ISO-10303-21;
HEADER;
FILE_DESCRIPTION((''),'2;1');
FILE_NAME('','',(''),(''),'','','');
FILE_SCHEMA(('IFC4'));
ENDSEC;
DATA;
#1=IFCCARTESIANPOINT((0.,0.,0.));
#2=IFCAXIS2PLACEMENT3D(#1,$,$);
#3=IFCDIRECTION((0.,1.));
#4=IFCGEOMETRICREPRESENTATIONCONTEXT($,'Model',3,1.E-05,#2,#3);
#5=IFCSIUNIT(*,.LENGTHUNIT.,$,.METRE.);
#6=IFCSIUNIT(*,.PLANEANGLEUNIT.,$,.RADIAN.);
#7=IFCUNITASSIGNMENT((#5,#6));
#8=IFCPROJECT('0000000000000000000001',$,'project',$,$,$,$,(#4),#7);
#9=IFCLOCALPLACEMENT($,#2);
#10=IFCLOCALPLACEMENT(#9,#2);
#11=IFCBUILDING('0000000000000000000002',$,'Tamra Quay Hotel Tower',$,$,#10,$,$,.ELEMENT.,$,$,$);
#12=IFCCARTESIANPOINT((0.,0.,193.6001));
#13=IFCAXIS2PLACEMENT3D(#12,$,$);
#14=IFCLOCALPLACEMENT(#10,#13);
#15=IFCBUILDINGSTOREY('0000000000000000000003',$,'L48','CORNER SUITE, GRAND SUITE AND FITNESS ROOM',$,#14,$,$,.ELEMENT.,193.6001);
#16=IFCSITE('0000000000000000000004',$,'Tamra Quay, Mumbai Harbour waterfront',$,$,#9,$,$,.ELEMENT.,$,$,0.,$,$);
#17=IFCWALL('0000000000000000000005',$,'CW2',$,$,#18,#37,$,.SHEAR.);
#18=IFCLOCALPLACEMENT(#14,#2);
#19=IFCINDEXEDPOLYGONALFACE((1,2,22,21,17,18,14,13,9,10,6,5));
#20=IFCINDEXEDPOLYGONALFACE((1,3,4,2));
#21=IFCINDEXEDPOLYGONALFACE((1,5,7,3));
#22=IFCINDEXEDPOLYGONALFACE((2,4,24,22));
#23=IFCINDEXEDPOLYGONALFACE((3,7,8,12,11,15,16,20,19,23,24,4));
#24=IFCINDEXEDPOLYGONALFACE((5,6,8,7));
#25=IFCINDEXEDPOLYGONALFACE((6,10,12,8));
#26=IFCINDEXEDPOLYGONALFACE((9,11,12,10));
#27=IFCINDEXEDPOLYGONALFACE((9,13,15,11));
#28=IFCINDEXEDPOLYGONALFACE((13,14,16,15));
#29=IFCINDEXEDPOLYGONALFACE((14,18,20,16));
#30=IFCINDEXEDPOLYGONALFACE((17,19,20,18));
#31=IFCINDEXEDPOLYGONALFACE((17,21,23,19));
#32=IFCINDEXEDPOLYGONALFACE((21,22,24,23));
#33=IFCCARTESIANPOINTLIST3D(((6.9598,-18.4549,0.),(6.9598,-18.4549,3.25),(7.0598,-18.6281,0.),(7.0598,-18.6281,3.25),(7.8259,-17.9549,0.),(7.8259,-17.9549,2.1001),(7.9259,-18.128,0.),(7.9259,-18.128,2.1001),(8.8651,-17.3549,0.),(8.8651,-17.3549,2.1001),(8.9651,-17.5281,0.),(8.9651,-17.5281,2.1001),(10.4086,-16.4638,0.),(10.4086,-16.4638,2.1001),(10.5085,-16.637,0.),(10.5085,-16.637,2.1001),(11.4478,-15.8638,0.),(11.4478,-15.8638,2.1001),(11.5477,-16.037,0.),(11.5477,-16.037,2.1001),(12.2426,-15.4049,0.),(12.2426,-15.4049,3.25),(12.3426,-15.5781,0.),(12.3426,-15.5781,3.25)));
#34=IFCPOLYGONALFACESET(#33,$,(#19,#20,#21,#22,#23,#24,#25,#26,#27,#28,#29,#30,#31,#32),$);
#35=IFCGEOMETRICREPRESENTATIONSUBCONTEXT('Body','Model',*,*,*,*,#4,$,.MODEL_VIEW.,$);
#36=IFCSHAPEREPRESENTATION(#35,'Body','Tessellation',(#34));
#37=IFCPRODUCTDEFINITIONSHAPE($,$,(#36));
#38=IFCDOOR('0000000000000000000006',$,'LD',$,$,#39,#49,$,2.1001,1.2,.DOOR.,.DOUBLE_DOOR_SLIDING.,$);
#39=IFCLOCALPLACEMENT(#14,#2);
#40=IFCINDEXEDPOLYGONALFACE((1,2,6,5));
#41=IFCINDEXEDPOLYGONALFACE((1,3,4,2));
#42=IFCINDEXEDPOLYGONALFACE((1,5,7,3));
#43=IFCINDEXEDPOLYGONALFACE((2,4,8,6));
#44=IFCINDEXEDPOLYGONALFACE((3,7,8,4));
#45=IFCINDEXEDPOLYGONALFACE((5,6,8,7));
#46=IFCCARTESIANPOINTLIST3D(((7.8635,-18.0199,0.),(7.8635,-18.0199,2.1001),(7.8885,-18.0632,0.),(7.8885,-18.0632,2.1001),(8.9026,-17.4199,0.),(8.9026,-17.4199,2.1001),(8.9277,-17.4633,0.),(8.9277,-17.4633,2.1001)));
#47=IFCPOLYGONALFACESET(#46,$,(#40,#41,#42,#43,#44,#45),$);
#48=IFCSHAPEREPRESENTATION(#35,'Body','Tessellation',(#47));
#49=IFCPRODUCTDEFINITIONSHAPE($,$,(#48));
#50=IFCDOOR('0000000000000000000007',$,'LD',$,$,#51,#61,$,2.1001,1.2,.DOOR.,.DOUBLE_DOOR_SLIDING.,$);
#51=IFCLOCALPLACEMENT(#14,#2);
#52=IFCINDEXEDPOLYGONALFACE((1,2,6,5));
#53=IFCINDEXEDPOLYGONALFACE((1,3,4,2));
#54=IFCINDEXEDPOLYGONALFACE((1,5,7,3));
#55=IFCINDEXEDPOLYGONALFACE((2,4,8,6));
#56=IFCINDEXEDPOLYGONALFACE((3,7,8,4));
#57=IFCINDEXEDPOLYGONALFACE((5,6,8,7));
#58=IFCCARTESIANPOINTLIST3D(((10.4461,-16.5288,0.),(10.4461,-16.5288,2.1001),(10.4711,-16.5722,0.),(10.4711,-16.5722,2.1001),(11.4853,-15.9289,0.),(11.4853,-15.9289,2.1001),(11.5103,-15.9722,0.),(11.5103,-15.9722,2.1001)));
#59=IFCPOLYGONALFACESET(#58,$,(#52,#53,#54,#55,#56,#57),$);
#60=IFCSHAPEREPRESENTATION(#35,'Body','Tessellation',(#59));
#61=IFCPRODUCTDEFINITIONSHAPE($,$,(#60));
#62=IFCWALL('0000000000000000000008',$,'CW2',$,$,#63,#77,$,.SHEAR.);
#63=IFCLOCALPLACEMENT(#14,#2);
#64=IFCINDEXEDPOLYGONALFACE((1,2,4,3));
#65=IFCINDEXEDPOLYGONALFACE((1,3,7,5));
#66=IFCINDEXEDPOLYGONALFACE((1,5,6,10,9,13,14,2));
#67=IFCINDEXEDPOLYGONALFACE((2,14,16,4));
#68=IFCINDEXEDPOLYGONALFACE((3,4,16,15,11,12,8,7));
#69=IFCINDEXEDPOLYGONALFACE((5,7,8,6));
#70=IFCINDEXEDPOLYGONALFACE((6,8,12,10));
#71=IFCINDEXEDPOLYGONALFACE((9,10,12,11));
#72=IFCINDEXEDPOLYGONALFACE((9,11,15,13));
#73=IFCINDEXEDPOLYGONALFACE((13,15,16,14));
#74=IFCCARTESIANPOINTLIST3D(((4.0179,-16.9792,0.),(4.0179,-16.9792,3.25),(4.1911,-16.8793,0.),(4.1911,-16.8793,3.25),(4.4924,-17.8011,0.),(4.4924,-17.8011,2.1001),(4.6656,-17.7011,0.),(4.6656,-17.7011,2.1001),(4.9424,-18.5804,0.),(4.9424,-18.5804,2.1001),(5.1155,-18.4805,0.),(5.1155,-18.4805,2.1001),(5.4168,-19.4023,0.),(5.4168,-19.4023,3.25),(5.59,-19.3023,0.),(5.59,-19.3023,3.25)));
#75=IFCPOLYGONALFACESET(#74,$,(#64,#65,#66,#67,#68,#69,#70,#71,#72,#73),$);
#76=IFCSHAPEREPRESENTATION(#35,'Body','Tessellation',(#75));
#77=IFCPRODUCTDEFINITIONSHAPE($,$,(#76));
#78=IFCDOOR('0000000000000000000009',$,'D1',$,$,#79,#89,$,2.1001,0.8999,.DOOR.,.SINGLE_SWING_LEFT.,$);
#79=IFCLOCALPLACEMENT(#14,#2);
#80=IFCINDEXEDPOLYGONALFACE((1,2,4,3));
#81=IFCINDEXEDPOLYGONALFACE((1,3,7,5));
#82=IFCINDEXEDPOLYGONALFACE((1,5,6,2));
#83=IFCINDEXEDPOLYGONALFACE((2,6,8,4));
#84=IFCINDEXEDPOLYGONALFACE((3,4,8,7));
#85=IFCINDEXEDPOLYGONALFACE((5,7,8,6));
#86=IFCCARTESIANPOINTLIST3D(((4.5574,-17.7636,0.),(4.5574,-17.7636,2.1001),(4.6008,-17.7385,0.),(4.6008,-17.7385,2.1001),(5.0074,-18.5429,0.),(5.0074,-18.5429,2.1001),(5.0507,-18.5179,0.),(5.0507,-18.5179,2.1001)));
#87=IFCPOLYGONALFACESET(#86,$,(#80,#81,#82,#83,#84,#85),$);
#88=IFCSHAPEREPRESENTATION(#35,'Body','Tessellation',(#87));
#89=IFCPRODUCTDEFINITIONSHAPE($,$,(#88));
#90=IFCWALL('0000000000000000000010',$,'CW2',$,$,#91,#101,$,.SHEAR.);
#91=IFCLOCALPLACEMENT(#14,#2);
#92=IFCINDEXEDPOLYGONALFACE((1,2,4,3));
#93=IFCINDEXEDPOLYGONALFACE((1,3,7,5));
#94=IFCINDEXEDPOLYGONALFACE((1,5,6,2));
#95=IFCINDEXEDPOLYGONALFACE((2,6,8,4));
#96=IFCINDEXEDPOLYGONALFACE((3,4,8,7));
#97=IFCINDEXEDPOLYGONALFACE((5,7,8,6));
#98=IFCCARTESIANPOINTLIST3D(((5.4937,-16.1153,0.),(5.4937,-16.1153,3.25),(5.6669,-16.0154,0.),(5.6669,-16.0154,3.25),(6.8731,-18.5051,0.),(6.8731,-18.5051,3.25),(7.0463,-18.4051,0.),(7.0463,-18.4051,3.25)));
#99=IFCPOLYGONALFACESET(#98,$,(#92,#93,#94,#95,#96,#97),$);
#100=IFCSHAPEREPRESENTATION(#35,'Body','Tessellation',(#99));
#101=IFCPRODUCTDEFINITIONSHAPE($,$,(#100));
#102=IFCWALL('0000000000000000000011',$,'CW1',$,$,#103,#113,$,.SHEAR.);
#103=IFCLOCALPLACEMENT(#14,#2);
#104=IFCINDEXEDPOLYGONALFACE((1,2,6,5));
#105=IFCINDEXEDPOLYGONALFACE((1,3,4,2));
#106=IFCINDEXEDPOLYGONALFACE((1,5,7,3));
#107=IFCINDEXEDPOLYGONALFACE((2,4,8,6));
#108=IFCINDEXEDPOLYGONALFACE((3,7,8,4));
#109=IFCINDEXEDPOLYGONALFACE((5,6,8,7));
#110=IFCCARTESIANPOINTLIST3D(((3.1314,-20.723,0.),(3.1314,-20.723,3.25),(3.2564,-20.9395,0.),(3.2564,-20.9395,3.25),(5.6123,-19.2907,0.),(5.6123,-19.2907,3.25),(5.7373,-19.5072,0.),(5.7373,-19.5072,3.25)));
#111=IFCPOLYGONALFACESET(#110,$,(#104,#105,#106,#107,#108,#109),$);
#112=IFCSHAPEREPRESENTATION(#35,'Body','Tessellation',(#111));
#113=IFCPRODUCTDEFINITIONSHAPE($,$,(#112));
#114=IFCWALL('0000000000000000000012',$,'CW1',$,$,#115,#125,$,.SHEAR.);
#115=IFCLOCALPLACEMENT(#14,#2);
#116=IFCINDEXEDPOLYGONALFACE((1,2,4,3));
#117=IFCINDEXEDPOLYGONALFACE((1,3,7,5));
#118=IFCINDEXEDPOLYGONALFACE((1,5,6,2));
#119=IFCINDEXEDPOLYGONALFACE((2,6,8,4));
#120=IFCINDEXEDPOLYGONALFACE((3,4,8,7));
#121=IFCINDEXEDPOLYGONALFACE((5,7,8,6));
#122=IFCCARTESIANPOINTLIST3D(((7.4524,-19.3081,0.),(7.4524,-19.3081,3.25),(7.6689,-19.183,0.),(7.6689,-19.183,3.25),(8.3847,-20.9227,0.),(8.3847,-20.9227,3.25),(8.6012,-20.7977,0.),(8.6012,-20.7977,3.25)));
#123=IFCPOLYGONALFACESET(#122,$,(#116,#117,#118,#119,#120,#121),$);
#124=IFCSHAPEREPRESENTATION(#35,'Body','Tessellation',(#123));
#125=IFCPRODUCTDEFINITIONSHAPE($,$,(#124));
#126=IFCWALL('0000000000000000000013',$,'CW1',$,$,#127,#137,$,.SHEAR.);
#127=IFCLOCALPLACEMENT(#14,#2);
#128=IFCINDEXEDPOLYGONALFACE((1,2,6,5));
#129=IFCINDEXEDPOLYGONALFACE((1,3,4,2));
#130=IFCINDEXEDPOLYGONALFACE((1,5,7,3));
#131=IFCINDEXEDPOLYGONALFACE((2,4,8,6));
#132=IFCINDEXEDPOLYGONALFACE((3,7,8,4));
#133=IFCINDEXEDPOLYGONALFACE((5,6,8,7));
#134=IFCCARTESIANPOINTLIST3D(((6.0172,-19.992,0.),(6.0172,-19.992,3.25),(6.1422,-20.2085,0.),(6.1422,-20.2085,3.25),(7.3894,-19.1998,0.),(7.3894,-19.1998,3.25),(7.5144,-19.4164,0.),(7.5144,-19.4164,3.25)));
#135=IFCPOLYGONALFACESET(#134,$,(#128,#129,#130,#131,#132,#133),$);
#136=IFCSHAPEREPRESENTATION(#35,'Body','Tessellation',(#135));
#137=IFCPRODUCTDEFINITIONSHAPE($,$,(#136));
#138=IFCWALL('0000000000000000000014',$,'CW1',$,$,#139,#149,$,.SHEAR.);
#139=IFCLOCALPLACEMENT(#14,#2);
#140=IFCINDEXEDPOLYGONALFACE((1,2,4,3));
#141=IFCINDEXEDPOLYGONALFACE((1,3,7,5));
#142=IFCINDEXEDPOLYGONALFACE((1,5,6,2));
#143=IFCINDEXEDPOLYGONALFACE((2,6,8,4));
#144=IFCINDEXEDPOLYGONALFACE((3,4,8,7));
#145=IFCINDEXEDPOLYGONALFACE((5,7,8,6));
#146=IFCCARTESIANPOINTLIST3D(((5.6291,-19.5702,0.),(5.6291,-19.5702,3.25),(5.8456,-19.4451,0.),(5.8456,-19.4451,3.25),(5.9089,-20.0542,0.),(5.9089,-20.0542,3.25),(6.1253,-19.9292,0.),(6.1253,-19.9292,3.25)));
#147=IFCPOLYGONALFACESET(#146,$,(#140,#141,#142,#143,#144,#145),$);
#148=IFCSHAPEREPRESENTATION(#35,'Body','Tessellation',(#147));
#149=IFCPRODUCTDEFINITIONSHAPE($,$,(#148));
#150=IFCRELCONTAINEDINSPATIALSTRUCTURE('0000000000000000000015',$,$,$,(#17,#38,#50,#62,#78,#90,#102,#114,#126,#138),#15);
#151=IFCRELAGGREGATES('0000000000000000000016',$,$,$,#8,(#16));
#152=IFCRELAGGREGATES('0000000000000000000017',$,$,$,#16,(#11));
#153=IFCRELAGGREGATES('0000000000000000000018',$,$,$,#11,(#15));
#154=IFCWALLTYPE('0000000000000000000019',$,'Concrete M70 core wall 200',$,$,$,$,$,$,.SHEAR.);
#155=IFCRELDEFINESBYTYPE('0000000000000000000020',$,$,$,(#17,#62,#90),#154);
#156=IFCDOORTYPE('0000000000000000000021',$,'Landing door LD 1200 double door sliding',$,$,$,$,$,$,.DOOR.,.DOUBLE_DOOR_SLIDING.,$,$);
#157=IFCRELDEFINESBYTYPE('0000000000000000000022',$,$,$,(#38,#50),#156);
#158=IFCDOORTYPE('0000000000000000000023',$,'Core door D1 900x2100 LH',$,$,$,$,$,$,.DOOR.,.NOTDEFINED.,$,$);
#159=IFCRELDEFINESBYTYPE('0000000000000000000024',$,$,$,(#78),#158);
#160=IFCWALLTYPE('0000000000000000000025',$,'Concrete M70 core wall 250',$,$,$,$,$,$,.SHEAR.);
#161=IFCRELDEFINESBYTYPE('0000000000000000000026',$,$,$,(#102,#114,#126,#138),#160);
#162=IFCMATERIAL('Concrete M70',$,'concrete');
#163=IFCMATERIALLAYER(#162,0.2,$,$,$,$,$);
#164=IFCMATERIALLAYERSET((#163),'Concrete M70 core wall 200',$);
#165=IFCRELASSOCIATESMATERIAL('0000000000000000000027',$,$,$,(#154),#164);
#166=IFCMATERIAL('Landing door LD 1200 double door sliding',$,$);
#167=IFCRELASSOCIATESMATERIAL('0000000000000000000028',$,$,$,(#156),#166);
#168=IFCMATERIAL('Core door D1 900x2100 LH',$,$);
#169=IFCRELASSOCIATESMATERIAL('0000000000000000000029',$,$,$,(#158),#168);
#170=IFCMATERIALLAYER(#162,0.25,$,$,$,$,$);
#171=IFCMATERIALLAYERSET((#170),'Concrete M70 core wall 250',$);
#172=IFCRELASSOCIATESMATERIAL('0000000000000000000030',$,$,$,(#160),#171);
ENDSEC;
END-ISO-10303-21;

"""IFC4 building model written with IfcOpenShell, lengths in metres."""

from ifc_helpers import new_model, si_unit, direction, frame, frame_2d, origin, place, context, subcontext, project, spatial, rectangle, extrude, material, layer, layer_set, type_object, element, fill, save


model = new_model("IFC4")

# Units and contexts
model_context = context("Model", 3, precision=1e-05, world=origin(), true_north=direction((0.0, 1.0)))
body_context = subcontext(model_context, "Body", "Model", "MODEL_VIEW")
ifc_project = project(units=[si_unit("LENGTHUNIT", "METRE"), si_unit("PLANEANGLEUNIT", "RADIAN")], contexts=[model_context])

# Site, building, storey
site_placement = place(None, origin())
site = spatial("IfcSite", under=ifc_project, at=site_placement, Name="Tamra Quay, Mumbai Harbour waterfront", CompositionType="ELEMENT", RefElevation=0.0)
building_placement = place(site_placement, origin())
building = spatial("IfcBuilding", under=site, at=building_placement, Name="Tamra Quay Hotel Tower", CompositionType="ELEMENT")
storey_placement = place(building_placement, frame((0.0, 0.0, 193.6001)))
storey = spatial("IfcBuildingStorey", under=building, at=storey_placement, Name="L48", Description="CORNER SUITE, GRAND SUITE AND FITNESS ROOM", CompositionType="ELEMENT", Elevation=193.6001)

# Shared definitions
ifc_material_1 = material(Name="Concrete M70", Category="concrete")

# Wall, openings, doors
ifc_layer_1 = layer(ifc_material_1, 0.2)
ifc_layer_set_1 = layer_set([ifc_layer_1], Name="Concrete M70 core wall 200")
wall_type_1 = type_object("IfcWallType", Name="Concrete M70 core wall 200", PredefinedType="SHEAR", material=ifc_layer_set_1)
wall_1_placement = place(storey_placement, frame((7.0098, -18.5415, 0.0), z_axis=(0.0, 0.0, 1.0), x_axis=(0.86603, 0.499992, 0.0)))
wall_1 = element("IfcWall", 1, at=wall_1_placement, inside=storey, type_object=wall_type_1, Name="CW2", PredefinedType="SHEAR", context=body_context, shape_type="SweptSolid", body=[
    extrude(rectangle(XDim=6.1001, YDim=0.2, at=frame_2d((3.05, 0.0))), origin(), (0.0, 0.0, 1.0), 3.25),
])
opening_1_placement = place(wall_1_placement, frame((1.0, 0.0, 0.0)))
opening_1 = element("IfcOpeningElement", 2, at=opening_1_placement, cuts=wall_1, PredefinedType="OPENING", context=body_context, shape_type="SweptSolid", body=[
    extrude(rectangle(XDim=1.2, YDim=2.1001, at=frame_2d((0.6001, 1.05))), frame((0.0, 0.1099, 0.0), z_axis=(0.0, -1.0, 0.0), x_axis=(1.0, 0.0, 0.0)), (0.0, 0.0, 1.0), 0.22),
])
opening_2_placement = place(wall_1_placement, frame((3.9822, 0.0, 0.0)))
opening_2 = element("IfcOpeningElement", 3, at=opening_2_placement, cuts=wall_1, PredefinedType="OPENING", context=body_context, shape_type="SweptSolid", body=[
    extrude(rectangle(XDim=1.2, YDim=2.1001, at=frame_2d((0.6001, 1.05))), frame((0.0, 0.1099, 0.0), z_axis=(0.0, -1.0, 0.0), x_axis=(1.0, 0.0, 0.0)), (0.0, 0.0, 1.0), 0.22),
])
ifc_material_2 = material(Name="Landing door LD 1200 double door sliding")
door_type_1 = type_object("IfcDoorType", Name="Landing door LD 1200 double door sliding", OperationType="DOUBLE_DOOR_SLIDING", PredefinedType="DOOR", material=ifc_material_2)
door_1_placement = place(opening_1_placement, origin())
door_1 = element("IfcDoor", 4, at=door_1_placement, inside=storey, type_object=door_type_1, Name="LD", OperationType="DOUBLE_DOOR_SLIDING", OverallHeight=2.1001, OverallWidth=1.2, PredefinedType="DOOR", context=body_context, shape_type="SweptSolid", body=[
    extrude(rectangle(XDim=1.2, YDim=2.1001, at=frame_2d((0.6001, 1.05))), frame((0.0, 0.0249, 0.0), z_axis=(0.0, -1.0, 0.0), x_axis=(1.0, 0.0, 0.0)), (0.0, 0.0, 1.0), 0.05),
])
fill(opening_1, door_1)
door_2_placement = place(opening_2_placement, origin())
door_2 = element("IfcDoor", 5, at=door_2_placement, inside=storey, type_object=door_type_1, Name="LD", OperationType="DOUBLE_DOOR_SLIDING", OverallHeight=2.1001, OverallWidth=1.2, PredefinedType="DOOR", context=body_context, shape_type="SweptSolid", body=[
    extrude(rectangle(XDim=1.2, YDim=2.1001, at=frame_2d((0.6001, 1.05))), frame((0.0, 0.0249, 0.0), z_axis=(0.0, -1.0, 0.0), x_axis=(1.0, 0.0, 0.0)), (0.0, 0.0, 1.0), 0.05),
])
fill(opening_2, door_2)

# Wall, opening, door
wall_2_placement = place(storey_placement, frame((5.5034, -19.3523, 0.0), z_axis=(0.0, 0.0, 1.0), x_axis=(-0.499987, 0.866033, 0.0)))
wall_2 = element("IfcWall", 6, at=wall_2_placement, inside=storey, type_object=wall_type_1, Name="CW2", PredefinedType="SHEAR", context=body_context, shape_type="SweptSolid", body=[
    extrude(rectangle(XDim=2.7979, YDim=0.2, at=frame_2d((1.3989, 0.0))), origin(), (0.0, 0.0, 1.0), 3.25),
])
opening_3_placement = place(wall_2_placement, frame((0.949, 0.0, 0.0)))
opening_3 = element("IfcOpeningElement", 7, at=opening_3_placement, cuts=wall_2, PredefinedType="OPENING", context=body_context, shape_type="SweptSolid", body=[
    extrude(rectangle(XDim=0.8999, YDim=2.1001, at=frame_2d((0.45, 1.05))), frame((0.0, 0.1099, 0.0), z_axis=(0.0, -1.0, 0.0), x_axis=(1.0, 0.0, 0.0)), (0.0, 0.0, 1.0), 0.22),
])
ifc_material_3 = material(Name="Core door D1 900x2100 LH")
door_type_2 = type_object("IfcDoorType", Name="Core door D1 900x2100 LH", OperationType="NOTDEFINED", PredefinedType="DOOR", material=ifc_material_3)
door_3_placement = place(opening_3_placement, origin())
door_3 = element("IfcDoor", 8, at=door_3_placement, inside=storey, type_object=door_type_2, Name="D1", OperationType="SINGLE_SWING_LEFT", OverallHeight=2.1001, OverallWidth=0.8999, PredefinedType="DOOR", context=body_context, shape_type="SweptSolid", body=[
    extrude(rectangle(XDim=0.8999, YDim=2.1001, at=frame_2d((0.45, 1.05))), frame((0.0, 0.0249, 0.0), z_axis=(0.0, -1.0, 0.0), x_axis=(1.0, 0.0, 0.0)), (0.0, 0.0, 1.0), 0.05),
])
fill(opening_3, door_3)

# Walls
wall_3_placement = place(storey_placement, frame((6.9597, -18.4551, 0.0), z_axis=(0.0, 0.0, 1.0), x_axis=(-0.499927, 0.866068, 0.0)))
element("IfcWall", 9, at=wall_3_placement, inside=storey, type_object=wall_type_1, Name="CW2", PredefinedType="SHEAR", context=body_context, shape_type="SweptSolid", body=[
    extrude(rectangle(XDim=2.7593, YDim=0.2, at=frame_2d((1.3796, 0.0))), origin(), (0.0, 0.0, 1.0), 3.25),
])
ifc_layer_2 = layer(ifc_material_1, 0.25)
ifc_layer_set_2 = layer_set([ifc_layer_2], Name="Concrete M70 core wall 250")
wall_type_2 = type_object("IfcWallType", Name="Concrete M70 core wall 250", PredefinedType="SHEAR", material=ifc_layer_set_2)
wall_4_placement = place(storey_placement, frame((5.6748, -19.3989, 0.0), z_axis=(0.0, 0.0, 1.0), x_axis=(-0.866027, -0.499998, 0.0)))
element("IfcWall", 10, at=wall_4_placement, inside=storey, type_object=wall_type_2, Name="CW1", PredefinedType="SHEAR", context=body_context, shape_type="SweptSolid", body=[
    extrude(rectangle(XDim=2.8647, YDim=0.25, at=frame_2d((1.4324, 0.0))), origin(), (0.0, 0.0, 1.0), 3.25),
])
wall_5_placement = place(storey_placement, frame((8.4929, -20.8601, 0.0), z_axis=(0.0, 0.0, 1.0), x_axis=(-0.50004, 0.866002, 0.0)))
element("IfcWall", 11, at=wall_5_placement, inside=storey, type_object=wall_type_2, Name="CW1", PredefinedType="SHEAR", context=body_context, shape_type="SweptSolid", body=[
    extrude(rectangle(XDim=1.8645, YDim=0.25, at=frame_2d((0.9321, 0.0))), origin(), (0.0, 0.0, 1.0), 3.25),
])
wall_6_placement = place(storey_placement, frame((7.4519, -19.3081, 0.0), z_axis=(0.0, 0.0, 1.0), x_axis=(-0.866044, -0.499967, 0.0)))
element("IfcWall", 12, at=wall_6_placement, inside=storey, type_object=wall_type_2, Name="CW1", PredefinedType="SHEAR", context=body_context, shape_type="SweptSolid", body=[
    extrude(rectangle(XDim=1.5845, YDim=0.25, at=frame_2d((0.7922, 0.0))), origin(), (0.0, 0.0, 1.0), 3.25),
])
wall_7_placement = place(storey_placement, frame((6.0171, -19.9917, 0.0), z_axis=(0.0, 0.0, 1.0), x_axis=(-0.500365, 0.865815, 0.0)))
element("IfcWall", 13, at=wall_7_placement, inside=storey, type_object=wall_type_2, Name="CW1", PredefinedType="SHEAR", context=body_context, shape_type="SweptSolid", body=[
    extrude(rectangle(XDim=0.5591, YDim=0.25, at=frame_2d((0.2795, 0.0))), origin(), (0.0, 0.0, 1.0), 3.25),
])

save(model, "model.ifc")
